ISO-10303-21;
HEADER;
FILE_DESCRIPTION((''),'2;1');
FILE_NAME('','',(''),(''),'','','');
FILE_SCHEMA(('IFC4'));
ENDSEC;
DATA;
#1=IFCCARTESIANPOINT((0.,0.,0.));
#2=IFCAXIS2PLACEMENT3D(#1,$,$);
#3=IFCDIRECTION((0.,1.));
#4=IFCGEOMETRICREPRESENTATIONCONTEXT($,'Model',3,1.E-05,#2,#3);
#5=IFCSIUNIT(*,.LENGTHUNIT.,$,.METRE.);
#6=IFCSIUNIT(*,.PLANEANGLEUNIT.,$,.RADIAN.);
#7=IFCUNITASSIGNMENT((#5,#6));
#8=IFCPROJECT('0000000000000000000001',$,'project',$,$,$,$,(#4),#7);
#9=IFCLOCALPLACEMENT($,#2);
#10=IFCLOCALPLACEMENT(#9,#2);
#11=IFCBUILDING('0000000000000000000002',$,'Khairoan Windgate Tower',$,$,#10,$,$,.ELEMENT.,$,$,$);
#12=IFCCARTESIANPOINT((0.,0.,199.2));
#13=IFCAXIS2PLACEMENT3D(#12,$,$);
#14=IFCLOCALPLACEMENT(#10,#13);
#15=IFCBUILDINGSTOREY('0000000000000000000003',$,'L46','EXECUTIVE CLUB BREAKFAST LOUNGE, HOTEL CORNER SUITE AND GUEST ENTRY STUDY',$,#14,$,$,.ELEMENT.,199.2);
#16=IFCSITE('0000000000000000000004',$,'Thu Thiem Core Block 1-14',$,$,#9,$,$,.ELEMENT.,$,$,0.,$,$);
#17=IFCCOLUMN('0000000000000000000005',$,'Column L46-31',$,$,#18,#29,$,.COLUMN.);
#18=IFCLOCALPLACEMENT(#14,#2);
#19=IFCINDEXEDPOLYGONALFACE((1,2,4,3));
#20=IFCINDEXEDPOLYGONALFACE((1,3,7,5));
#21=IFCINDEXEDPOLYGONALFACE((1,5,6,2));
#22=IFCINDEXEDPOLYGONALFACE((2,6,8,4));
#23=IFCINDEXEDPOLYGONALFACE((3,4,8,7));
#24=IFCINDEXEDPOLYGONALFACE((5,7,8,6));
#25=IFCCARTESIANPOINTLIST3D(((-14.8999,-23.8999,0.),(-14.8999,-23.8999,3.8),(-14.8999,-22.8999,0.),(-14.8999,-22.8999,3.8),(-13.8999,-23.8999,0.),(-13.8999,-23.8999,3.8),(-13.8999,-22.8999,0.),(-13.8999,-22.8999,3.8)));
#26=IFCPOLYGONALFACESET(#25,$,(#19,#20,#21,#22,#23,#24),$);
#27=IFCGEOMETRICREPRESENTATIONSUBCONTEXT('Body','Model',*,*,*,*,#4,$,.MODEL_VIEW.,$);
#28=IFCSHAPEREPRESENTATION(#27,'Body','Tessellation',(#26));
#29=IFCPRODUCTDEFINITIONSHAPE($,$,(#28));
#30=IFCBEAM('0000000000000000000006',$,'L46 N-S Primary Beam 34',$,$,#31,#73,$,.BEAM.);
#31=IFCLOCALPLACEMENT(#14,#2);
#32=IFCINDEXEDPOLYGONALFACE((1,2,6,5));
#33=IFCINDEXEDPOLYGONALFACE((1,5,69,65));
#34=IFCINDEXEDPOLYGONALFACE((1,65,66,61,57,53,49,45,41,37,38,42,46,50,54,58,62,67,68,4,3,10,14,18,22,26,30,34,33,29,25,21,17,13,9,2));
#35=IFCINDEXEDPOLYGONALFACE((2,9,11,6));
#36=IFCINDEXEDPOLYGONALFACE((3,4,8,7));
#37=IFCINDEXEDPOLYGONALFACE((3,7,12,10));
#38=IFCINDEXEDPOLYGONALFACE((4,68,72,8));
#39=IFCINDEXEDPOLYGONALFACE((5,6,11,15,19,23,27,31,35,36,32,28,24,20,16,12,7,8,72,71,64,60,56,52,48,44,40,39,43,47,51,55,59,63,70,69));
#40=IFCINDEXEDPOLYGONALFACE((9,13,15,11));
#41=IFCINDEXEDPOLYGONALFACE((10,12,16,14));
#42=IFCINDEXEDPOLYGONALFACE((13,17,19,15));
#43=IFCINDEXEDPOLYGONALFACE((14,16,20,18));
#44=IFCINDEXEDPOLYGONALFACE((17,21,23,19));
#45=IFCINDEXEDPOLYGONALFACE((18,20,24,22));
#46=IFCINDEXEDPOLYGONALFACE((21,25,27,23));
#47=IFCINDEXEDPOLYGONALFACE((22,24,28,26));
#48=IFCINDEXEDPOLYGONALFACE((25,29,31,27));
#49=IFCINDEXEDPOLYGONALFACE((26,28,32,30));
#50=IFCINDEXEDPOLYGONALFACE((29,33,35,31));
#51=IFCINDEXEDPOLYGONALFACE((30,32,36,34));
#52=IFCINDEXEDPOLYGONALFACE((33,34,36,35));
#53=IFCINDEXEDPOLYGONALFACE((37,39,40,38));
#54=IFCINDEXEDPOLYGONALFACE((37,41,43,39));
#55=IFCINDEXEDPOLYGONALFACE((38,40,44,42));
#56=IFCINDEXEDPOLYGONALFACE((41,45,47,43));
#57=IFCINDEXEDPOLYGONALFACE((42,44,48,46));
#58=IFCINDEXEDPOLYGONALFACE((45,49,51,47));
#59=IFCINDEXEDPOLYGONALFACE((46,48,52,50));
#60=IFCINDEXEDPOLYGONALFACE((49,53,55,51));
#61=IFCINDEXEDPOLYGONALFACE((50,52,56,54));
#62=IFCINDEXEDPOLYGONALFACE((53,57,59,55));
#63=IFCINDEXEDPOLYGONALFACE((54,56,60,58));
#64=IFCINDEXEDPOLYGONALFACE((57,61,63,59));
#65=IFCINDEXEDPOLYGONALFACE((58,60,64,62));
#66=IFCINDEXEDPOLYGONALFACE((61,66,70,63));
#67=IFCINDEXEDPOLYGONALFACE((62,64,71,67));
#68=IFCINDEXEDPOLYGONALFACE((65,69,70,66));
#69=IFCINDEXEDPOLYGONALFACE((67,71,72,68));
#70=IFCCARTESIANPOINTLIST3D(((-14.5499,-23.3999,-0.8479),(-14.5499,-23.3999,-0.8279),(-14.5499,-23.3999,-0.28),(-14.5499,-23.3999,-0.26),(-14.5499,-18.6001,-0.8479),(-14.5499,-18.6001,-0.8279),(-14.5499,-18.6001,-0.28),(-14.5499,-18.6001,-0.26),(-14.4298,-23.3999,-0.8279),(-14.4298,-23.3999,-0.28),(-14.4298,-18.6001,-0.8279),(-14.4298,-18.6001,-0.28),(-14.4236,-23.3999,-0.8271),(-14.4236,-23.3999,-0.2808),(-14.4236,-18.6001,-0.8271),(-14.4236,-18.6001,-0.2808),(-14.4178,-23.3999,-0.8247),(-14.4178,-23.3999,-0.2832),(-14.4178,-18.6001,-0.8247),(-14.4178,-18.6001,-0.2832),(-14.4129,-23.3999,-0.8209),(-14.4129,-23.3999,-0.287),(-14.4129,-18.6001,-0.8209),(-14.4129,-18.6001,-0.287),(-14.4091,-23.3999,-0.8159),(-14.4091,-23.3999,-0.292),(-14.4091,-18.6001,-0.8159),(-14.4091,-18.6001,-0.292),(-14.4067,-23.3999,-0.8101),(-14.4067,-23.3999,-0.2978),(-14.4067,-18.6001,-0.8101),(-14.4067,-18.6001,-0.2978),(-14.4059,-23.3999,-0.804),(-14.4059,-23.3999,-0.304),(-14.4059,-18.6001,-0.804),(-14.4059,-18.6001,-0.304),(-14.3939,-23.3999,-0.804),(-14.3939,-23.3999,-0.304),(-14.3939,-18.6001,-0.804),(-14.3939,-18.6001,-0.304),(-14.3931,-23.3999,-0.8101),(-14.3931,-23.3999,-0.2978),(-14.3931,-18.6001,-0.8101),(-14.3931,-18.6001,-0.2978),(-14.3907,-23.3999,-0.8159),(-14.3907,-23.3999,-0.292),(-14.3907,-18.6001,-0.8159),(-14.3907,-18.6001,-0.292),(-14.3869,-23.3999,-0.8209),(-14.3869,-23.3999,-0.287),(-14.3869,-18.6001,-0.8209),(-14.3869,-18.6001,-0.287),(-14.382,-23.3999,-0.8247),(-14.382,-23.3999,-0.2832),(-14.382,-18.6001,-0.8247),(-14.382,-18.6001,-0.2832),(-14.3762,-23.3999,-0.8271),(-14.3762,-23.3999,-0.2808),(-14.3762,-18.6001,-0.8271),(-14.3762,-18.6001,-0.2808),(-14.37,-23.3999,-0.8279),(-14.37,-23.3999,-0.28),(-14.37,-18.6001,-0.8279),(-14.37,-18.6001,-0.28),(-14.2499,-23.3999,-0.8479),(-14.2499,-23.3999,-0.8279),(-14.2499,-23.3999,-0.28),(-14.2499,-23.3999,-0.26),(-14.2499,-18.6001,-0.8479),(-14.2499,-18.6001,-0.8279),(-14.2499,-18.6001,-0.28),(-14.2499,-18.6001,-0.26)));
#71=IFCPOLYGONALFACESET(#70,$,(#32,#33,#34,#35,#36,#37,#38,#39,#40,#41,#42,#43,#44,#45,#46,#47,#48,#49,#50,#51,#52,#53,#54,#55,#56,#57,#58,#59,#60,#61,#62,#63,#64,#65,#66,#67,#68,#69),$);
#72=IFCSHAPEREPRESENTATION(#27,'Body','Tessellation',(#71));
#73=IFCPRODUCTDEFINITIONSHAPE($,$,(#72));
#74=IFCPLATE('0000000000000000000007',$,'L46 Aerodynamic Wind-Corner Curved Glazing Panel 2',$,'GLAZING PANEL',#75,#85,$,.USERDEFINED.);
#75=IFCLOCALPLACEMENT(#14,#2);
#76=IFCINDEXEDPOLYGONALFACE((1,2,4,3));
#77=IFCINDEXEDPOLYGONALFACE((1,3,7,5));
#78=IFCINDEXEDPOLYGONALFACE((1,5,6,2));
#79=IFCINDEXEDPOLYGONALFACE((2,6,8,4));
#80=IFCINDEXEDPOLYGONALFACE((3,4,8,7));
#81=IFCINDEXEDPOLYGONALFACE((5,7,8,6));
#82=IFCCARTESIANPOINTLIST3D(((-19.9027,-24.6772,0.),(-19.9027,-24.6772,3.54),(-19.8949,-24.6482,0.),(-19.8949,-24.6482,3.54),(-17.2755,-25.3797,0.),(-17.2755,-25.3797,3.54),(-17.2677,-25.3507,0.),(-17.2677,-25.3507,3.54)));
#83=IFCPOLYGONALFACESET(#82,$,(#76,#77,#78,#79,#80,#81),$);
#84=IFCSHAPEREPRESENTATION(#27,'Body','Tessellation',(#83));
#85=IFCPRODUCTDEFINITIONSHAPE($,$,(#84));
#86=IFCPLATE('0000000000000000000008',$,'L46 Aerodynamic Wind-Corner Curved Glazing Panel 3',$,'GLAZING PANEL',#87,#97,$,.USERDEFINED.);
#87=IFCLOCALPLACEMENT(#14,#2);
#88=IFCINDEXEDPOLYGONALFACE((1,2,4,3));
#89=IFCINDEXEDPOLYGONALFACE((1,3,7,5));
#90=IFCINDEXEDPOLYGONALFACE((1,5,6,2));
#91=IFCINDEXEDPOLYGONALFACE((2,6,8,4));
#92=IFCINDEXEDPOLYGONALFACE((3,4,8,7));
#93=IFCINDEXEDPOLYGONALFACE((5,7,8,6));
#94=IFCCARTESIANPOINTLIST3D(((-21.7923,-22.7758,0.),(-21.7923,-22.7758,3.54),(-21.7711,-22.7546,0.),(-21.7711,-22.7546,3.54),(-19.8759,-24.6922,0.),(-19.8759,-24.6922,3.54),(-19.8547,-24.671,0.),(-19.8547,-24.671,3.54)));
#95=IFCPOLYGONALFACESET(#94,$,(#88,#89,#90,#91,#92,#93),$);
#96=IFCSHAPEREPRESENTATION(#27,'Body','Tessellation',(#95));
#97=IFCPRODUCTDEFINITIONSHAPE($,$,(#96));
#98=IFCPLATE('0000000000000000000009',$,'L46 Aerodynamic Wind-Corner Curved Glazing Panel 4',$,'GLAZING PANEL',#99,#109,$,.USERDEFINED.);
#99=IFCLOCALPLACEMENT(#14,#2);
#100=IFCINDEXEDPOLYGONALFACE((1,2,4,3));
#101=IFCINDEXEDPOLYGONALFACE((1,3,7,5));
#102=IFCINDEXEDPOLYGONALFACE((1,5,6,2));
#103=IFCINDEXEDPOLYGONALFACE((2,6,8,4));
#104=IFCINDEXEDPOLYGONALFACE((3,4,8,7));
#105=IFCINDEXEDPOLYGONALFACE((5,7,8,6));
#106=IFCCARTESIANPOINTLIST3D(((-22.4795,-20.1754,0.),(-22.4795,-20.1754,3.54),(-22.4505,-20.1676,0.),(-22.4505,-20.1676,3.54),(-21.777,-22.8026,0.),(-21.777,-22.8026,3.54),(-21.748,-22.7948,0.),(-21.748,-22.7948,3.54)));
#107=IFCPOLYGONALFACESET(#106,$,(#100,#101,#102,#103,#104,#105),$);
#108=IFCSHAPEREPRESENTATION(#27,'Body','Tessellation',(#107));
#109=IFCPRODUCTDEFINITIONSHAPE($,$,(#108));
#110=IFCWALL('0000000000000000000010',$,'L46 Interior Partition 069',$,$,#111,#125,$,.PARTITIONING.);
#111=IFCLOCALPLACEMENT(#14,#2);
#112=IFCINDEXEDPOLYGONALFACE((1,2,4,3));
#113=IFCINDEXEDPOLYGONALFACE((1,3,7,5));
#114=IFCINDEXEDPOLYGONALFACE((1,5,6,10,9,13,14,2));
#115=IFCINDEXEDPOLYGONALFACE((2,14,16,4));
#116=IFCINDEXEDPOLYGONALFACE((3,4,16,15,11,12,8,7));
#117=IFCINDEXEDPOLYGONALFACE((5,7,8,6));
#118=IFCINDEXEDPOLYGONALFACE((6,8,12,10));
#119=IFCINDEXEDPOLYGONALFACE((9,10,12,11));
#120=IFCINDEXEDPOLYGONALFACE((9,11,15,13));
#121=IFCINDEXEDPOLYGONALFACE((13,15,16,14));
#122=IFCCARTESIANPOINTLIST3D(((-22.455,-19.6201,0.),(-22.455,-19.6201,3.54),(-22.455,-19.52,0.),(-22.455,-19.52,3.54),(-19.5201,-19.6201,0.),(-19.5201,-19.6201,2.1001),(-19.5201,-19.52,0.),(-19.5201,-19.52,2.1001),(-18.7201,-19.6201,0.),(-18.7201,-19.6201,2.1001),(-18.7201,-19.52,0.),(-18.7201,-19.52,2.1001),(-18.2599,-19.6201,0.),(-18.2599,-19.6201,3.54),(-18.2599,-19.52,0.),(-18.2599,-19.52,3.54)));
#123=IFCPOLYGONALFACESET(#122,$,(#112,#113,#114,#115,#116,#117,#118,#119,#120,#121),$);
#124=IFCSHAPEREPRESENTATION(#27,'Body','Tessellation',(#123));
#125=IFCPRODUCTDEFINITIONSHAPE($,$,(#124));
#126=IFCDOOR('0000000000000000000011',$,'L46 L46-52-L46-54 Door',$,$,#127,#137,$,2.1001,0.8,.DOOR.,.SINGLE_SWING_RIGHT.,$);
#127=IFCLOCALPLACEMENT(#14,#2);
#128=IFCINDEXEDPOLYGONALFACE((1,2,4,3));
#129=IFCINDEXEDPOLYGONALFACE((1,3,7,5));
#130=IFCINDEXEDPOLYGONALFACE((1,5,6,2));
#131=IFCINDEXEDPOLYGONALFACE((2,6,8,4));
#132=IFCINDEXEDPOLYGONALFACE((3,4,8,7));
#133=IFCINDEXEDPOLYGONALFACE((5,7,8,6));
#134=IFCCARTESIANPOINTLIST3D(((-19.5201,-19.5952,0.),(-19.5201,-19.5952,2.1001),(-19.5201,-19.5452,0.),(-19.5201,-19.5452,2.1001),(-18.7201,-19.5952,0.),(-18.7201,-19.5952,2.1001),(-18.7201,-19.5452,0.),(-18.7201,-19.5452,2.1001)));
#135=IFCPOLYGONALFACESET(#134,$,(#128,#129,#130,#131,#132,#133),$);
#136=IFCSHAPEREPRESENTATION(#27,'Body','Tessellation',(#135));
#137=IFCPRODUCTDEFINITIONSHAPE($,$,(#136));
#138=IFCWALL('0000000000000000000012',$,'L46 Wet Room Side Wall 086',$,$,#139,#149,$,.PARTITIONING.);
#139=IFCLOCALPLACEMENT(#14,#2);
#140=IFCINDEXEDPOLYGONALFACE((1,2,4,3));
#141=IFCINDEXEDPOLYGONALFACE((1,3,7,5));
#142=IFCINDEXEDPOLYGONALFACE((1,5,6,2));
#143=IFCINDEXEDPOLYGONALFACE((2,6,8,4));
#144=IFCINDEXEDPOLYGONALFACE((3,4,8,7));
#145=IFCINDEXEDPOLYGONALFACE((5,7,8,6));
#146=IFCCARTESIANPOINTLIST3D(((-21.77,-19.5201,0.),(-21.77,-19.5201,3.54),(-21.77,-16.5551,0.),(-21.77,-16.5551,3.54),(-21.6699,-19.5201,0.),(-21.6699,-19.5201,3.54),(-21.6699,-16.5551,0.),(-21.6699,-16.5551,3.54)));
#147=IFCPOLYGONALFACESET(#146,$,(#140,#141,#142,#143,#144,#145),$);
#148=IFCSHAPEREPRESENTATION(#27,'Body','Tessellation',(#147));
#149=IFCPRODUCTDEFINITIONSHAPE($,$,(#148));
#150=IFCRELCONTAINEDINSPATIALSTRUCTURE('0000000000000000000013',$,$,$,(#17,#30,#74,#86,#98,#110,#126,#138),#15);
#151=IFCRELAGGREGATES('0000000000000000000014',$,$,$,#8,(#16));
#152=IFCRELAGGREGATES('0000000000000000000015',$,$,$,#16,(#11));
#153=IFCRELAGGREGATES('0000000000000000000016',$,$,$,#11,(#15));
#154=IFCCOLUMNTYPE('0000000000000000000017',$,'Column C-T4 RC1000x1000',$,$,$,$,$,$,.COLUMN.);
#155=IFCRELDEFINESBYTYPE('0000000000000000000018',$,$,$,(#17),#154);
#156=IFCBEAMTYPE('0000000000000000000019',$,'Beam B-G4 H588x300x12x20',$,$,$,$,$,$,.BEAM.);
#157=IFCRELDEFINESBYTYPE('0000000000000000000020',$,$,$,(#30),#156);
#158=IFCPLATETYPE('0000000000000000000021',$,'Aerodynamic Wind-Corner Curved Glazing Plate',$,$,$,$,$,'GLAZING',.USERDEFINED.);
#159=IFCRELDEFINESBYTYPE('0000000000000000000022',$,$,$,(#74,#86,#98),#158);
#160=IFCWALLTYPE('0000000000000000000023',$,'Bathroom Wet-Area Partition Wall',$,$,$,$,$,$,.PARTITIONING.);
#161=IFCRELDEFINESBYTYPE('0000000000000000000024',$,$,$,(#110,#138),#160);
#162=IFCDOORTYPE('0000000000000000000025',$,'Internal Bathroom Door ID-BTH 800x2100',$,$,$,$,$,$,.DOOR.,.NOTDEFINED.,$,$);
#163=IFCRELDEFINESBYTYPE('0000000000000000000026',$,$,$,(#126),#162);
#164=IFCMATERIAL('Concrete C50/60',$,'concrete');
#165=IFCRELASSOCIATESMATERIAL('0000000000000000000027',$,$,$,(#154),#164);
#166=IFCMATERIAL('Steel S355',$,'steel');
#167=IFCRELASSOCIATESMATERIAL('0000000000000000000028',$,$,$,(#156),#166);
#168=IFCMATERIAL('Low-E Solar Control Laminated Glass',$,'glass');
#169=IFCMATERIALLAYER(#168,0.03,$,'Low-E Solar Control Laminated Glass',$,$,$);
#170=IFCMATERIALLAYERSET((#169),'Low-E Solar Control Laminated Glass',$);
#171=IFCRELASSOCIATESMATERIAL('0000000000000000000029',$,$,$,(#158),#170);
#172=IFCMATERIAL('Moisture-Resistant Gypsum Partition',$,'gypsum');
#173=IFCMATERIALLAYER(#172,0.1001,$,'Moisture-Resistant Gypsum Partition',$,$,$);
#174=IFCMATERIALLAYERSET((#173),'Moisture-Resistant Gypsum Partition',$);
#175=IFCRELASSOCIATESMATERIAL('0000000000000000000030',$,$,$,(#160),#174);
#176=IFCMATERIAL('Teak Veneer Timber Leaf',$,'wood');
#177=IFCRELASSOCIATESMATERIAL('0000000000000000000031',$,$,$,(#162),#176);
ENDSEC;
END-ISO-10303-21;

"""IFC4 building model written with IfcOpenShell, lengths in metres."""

from ifc_helpers import new_model, si_unit, direction, frame, frame_2d, origin, origin_2d, place, context, subcontext, project, spatial, rectangle, i_section, extrude, material, layer, layer_set, material_profile, profile_set, type_object, element, fill, save


model = new_model("IFC4")

# Units and contexts
model_context = context("Model", 3, precision=1e-05, world=origin(), true_north=direction((0.0, 1.0)))
body_context = subcontext(model_context, "Body", "Model", "MODEL_VIEW")
ifc_project = project(units=[si_unit("LENGTHUNIT", "METRE"), si_unit("PLANEANGLEUNIT", "RADIAN")], contexts=[model_context])

# Site, building, storey
site_placement = place(None, origin())
site = spatial("IfcSite", under=ifc_project, at=site_placement, Name="Thu Thiem Core Block 1-14", CompositionType="ELEMENT", RefElevation=0.0)
building_placement = place(site_placement, origin())
building = spatial("IfcBuilding", under=site, at=building_placement, Name="Khairoan Windgate Tower", CompositionType="ELEMENT")
storey_placement = place(building_placement, frame((0.0, 0.0, 199.2)))
storey = spatial("IfcBuildingStorey", under=building, at=storey_placement, Name="L46", Description="EXECUTIVE CLUB BREAKFAST LOUNGE, HOTEL CORNER SUITE AND GUEST ENTRY STUDY", CompositionType="ELEMENT", Elevation=199.2)

# Column
ifc_material_1 = material(Name="Concrete C50/60", Category="concrete")
ifc_material_profile_1 = material_profile(ifc_material_1, rectangle(XDim=1.0, YDim=1.0, at=origin_2d()))
ifc_profile_set_1 = profile_set([ifc_material_profile_1], Name="Concrete C50/60")
column_type = type_object("IfcColumnType", Name="Column C-T4 RC1000x1000", PredefinedType="COLUMN", material=ifc_profile_set_1)
column_placement = place(storey_placement, frame((-14.3999, -23.3999, 0.0), z_axis=(0.0, 0.0, 1.0), x_axis=(1.0, 0.0, 0.0)))
element("IfcColumn", 1, at=column_placement, inside=storey, type_object=column_type, Name="Column L46-31", PredefinedType="COLUMN", context=body_context, shape_type="SweptSolid", body=[
    extrude(rectangle(XDim=1.0, YDim=1.0, at=origin_2d()), origin(), (0.0, 0.0, 1.0), 3.8),
])

# Beam
ifc_material_2 = material(Name="Steel S355", Category="steel")
ifc_material_profile_2 = material_profile(ifc_material_2, i_section(OverallWidth=0.3, OverallDepth=0.5879, WebThickness=0.012, FlangeThickness=0.02, FilletRadius=0.0239, at=origin_2d()))
ifc_profile_set_2 = profile_set([ifc_material_profile_2], Name="Steel S355")
beam_type = type_object("IfcBeamType", Name="Beam B-G4 H588x300x12x20", PredefinedType="BEAM", material=ifc_profile_set_2)
beam_placement = place(storey_placement, frame((-14.3999, -23.3999, -0.554), z_axis=(0.0, 1.0, 0.0), x_axis=(-1.0, 0.0, 0.0)))
element("IfcBeam", 2, at=beam_placement, inside=storey, type_object=beam_type, Name="L46 N-S Primary Beam 34", PredefinedType="BEAM", context=body_context, shape_type="SweptSolid", body=[
    extrude(i_section(OverallWidth=0.3, OverallDepth=0.5879, WebThickness=0.012, FlangeThickness=0.02, FilletRadius=0.0239, at=origin_2d()), origin(), (0.0, 0.0, 1.0), 4.7998),
])

# Plates
ifc_material_3 = material(Name="Low-E Solar Control Laminated Glass", Category="glass")
ifc_layer_1 = layer(ifc_material_3, 0.03, Name="Low-E Solar Control Laminated Glass")
ifc_layer_set_1 = layer_set([ifc_layer_1], Name="Low-E Solar Control Laminated Glass")
plate_type_1 = type_object("IfcPlateType", Name="Aerodynamic Wind-Corner Curved Glazing Plate", ElementType="GLAZING", PredefinedType="USERDEFINED", material=ifc_layer_set_1)
plate_1_placement = place(storey_placement, frame((-18.5852, -25.0139, 0.0), z_axis=(0.0, 0.0, 1.0), x_axis=(-0.966061, 0.258313, 0.0)))
element("IfcPlate", 3, at=plate_1_placement, inside=storey, type_object=plate_type_1, Name="L46 Aerodynamic Wind-Corner Curved Glazing Panel 2", ObjectType="GLAZING PANEL", PredefinedType="USERDEFINED", context=body_context, shape_type="SweptSolid", body=[
    extrude(rectangle(XDim=2.7195, YDim=0.03, at=origin_2d()), origin(), (0.0, 0.0, 1.0), 3.54),
])
plate_2_placement = place(storey_placement, frame((-20.8235, -23.7234, 0.0), z_axis=(0.0, 0.0, 1.0), x_axis=(-0.707107, 0.707107, 0.0)))
element("IfcPlate", 4, at=plate_2_placement, inside=storey, type_object=plate_type_1, Name="L46 Aerodynamic Wind-Corner Curved Glazing Panel 3", ObjectType="GLAZING PANEL", PredefinedType="USERDEFINED", context=body_context, shape_type="SweptSolid", body=[
    extrude(rectangle(XDim=2.7102, YDim=0.03, at=origin_2d()), origin(), (0.0, 0.0, 1.0), 3.54),
])
plate_3_placement = place(storey_placement, frame((-22.1138, -21.4851, 0.0), z_axis=(0.0, 0.0, 1.0), x_axis=(-0.258313, 0.966061, 0.0)))
element("IfcPlate", 5, at=plate_3_placement, inside=storey, type_object=plate_type_1, Name="L46 Aerodynamic Wind-Corner Curved Glazing Panel 4", ObjectType="GLAZING PANEL", PredefinedType="USERDEFINED", context=body_context, shape_type="SweptSolid", body=[
    extrude(rectangle(XDim=2.7195, YDim=0.03, at=origin_2d()), origin(), (0.0, 0.0, 1.0), 3.54),
])

# Wall, opening, door
ifc_material_4 = material(Name="Moisture-Resistant Gypsum Partition", Category="gypsum")
ifc_layer_2 = layer(ifc_material_4, 0.1001, Name="Moisture-Resistant Gypsum Partition")
ifc_layer_set_2 = layer_set([ifc_layer_2], Name="Moisture-Resistant Gypsum Partition")
wall_type_1 = type_object("IfcWallType", Name="Bathroom Wet-Area Partition Wall", PredefinedType="PARTITIONING", material=ifc_layer_set_2)
wall_1_placement = place(storey_placement, frame((-22.4551, -19.5701, 0.0), z_axis=(0.0, 0.0, 1.0), x_axis=(1.0, 0.0, 0.0)))
wall_1 = element("IfcWall", 6, at=wall_1_placement, inside=storey, type_object=wall_type_1, Name="L46 Interior Partition 069", PredefinedType="PARTITIONING", context=body_context, shape_type="SweptSolid", body=[
    extrude(rectangle(XDim=4.1951, YDim=0.1001, at=frame_2d((2.0977, 0.0))), origin(), (0.0, 0.0, 1.0), 3.54),
])
opening_1_placement = place(wall_1_placement, frame((2.9351, 0.0, 0.0)))
opening_1 = element("IfcOpeningElement", 7, at=opening_1_placement, cuts=wall_1, PredefinedType="OPENING", context=body_context, shape_type="SweptSolid", body=[
    extrude(rectangle(XDim=0.8, YDim=2.1001, at=frame_2d((0.3999, 1.05))), frame((0.0, 0.0601, 0.0), z_axis=(0.0, -1.0, 0.0), x_axis=(1.0, 0.0, 0.0)), (0.0, 0.0, 1.0), 0.1201),
])
ifc_material_5 = material(Name="Teak Veneer Timber Leaf", Category="wood")
door_type_1 = type_object("IfcDoorType", Name="Internal Bathroom Door ID-BTH 800x2100", OperationType="NOTDEFINED", PredefinedType="DOOR", material=ifc_material_5)
door_1_placement = place(opening_1_placement, origin())
door_1 = element("IfcDoor", 8, at=door_1_placement, inside=storey, type_object=door_type_1, Name="L46 L46-52-L46-54 Door", OperationType="SINGLE_SWING_RIGHT", OverallHeight=2.1001, OverallWidth=0.8, PredefinedType="DOOR", context=body_context, shape_type="SweptSolid", body=[
    extrude(rectangle(XDim=0.8, YDim=2.1001, at=frame_2d((0.3999, 1.05))), frame((0.0, 0.0249, 0.0), z_axis=(0.0, -1.0, 0.0), x_axis=(1.0, 0.0, 0.0)), (0.0, 0.0, 1.0), 0.05),
])
fill(opening_1, door_1)

# Wall
wall_2_placement = place(storey_placement, frame((-21.72, -19.52, 0.0), z_axis=(0.0, 0.0, 1.0), x_axis=(0.0, 1.0, 0.0)))
element("IfcWall", 9, at=wall_2_placement, inside=storey, type_object=wall_type_1, Name="L46 Wet Room Side Wall 086", PredefinedType="PARTITIONING", context=body_context, shape_type="SweptSolid", body=[
    extrude(rectangle(XDim=2.9651, YDim=0.1001, at=frame_2d((1.4824, 0.0))), origin(), (0.0, 0.0, 1.0), 3.54),
])

save(model, "model.ifc")
